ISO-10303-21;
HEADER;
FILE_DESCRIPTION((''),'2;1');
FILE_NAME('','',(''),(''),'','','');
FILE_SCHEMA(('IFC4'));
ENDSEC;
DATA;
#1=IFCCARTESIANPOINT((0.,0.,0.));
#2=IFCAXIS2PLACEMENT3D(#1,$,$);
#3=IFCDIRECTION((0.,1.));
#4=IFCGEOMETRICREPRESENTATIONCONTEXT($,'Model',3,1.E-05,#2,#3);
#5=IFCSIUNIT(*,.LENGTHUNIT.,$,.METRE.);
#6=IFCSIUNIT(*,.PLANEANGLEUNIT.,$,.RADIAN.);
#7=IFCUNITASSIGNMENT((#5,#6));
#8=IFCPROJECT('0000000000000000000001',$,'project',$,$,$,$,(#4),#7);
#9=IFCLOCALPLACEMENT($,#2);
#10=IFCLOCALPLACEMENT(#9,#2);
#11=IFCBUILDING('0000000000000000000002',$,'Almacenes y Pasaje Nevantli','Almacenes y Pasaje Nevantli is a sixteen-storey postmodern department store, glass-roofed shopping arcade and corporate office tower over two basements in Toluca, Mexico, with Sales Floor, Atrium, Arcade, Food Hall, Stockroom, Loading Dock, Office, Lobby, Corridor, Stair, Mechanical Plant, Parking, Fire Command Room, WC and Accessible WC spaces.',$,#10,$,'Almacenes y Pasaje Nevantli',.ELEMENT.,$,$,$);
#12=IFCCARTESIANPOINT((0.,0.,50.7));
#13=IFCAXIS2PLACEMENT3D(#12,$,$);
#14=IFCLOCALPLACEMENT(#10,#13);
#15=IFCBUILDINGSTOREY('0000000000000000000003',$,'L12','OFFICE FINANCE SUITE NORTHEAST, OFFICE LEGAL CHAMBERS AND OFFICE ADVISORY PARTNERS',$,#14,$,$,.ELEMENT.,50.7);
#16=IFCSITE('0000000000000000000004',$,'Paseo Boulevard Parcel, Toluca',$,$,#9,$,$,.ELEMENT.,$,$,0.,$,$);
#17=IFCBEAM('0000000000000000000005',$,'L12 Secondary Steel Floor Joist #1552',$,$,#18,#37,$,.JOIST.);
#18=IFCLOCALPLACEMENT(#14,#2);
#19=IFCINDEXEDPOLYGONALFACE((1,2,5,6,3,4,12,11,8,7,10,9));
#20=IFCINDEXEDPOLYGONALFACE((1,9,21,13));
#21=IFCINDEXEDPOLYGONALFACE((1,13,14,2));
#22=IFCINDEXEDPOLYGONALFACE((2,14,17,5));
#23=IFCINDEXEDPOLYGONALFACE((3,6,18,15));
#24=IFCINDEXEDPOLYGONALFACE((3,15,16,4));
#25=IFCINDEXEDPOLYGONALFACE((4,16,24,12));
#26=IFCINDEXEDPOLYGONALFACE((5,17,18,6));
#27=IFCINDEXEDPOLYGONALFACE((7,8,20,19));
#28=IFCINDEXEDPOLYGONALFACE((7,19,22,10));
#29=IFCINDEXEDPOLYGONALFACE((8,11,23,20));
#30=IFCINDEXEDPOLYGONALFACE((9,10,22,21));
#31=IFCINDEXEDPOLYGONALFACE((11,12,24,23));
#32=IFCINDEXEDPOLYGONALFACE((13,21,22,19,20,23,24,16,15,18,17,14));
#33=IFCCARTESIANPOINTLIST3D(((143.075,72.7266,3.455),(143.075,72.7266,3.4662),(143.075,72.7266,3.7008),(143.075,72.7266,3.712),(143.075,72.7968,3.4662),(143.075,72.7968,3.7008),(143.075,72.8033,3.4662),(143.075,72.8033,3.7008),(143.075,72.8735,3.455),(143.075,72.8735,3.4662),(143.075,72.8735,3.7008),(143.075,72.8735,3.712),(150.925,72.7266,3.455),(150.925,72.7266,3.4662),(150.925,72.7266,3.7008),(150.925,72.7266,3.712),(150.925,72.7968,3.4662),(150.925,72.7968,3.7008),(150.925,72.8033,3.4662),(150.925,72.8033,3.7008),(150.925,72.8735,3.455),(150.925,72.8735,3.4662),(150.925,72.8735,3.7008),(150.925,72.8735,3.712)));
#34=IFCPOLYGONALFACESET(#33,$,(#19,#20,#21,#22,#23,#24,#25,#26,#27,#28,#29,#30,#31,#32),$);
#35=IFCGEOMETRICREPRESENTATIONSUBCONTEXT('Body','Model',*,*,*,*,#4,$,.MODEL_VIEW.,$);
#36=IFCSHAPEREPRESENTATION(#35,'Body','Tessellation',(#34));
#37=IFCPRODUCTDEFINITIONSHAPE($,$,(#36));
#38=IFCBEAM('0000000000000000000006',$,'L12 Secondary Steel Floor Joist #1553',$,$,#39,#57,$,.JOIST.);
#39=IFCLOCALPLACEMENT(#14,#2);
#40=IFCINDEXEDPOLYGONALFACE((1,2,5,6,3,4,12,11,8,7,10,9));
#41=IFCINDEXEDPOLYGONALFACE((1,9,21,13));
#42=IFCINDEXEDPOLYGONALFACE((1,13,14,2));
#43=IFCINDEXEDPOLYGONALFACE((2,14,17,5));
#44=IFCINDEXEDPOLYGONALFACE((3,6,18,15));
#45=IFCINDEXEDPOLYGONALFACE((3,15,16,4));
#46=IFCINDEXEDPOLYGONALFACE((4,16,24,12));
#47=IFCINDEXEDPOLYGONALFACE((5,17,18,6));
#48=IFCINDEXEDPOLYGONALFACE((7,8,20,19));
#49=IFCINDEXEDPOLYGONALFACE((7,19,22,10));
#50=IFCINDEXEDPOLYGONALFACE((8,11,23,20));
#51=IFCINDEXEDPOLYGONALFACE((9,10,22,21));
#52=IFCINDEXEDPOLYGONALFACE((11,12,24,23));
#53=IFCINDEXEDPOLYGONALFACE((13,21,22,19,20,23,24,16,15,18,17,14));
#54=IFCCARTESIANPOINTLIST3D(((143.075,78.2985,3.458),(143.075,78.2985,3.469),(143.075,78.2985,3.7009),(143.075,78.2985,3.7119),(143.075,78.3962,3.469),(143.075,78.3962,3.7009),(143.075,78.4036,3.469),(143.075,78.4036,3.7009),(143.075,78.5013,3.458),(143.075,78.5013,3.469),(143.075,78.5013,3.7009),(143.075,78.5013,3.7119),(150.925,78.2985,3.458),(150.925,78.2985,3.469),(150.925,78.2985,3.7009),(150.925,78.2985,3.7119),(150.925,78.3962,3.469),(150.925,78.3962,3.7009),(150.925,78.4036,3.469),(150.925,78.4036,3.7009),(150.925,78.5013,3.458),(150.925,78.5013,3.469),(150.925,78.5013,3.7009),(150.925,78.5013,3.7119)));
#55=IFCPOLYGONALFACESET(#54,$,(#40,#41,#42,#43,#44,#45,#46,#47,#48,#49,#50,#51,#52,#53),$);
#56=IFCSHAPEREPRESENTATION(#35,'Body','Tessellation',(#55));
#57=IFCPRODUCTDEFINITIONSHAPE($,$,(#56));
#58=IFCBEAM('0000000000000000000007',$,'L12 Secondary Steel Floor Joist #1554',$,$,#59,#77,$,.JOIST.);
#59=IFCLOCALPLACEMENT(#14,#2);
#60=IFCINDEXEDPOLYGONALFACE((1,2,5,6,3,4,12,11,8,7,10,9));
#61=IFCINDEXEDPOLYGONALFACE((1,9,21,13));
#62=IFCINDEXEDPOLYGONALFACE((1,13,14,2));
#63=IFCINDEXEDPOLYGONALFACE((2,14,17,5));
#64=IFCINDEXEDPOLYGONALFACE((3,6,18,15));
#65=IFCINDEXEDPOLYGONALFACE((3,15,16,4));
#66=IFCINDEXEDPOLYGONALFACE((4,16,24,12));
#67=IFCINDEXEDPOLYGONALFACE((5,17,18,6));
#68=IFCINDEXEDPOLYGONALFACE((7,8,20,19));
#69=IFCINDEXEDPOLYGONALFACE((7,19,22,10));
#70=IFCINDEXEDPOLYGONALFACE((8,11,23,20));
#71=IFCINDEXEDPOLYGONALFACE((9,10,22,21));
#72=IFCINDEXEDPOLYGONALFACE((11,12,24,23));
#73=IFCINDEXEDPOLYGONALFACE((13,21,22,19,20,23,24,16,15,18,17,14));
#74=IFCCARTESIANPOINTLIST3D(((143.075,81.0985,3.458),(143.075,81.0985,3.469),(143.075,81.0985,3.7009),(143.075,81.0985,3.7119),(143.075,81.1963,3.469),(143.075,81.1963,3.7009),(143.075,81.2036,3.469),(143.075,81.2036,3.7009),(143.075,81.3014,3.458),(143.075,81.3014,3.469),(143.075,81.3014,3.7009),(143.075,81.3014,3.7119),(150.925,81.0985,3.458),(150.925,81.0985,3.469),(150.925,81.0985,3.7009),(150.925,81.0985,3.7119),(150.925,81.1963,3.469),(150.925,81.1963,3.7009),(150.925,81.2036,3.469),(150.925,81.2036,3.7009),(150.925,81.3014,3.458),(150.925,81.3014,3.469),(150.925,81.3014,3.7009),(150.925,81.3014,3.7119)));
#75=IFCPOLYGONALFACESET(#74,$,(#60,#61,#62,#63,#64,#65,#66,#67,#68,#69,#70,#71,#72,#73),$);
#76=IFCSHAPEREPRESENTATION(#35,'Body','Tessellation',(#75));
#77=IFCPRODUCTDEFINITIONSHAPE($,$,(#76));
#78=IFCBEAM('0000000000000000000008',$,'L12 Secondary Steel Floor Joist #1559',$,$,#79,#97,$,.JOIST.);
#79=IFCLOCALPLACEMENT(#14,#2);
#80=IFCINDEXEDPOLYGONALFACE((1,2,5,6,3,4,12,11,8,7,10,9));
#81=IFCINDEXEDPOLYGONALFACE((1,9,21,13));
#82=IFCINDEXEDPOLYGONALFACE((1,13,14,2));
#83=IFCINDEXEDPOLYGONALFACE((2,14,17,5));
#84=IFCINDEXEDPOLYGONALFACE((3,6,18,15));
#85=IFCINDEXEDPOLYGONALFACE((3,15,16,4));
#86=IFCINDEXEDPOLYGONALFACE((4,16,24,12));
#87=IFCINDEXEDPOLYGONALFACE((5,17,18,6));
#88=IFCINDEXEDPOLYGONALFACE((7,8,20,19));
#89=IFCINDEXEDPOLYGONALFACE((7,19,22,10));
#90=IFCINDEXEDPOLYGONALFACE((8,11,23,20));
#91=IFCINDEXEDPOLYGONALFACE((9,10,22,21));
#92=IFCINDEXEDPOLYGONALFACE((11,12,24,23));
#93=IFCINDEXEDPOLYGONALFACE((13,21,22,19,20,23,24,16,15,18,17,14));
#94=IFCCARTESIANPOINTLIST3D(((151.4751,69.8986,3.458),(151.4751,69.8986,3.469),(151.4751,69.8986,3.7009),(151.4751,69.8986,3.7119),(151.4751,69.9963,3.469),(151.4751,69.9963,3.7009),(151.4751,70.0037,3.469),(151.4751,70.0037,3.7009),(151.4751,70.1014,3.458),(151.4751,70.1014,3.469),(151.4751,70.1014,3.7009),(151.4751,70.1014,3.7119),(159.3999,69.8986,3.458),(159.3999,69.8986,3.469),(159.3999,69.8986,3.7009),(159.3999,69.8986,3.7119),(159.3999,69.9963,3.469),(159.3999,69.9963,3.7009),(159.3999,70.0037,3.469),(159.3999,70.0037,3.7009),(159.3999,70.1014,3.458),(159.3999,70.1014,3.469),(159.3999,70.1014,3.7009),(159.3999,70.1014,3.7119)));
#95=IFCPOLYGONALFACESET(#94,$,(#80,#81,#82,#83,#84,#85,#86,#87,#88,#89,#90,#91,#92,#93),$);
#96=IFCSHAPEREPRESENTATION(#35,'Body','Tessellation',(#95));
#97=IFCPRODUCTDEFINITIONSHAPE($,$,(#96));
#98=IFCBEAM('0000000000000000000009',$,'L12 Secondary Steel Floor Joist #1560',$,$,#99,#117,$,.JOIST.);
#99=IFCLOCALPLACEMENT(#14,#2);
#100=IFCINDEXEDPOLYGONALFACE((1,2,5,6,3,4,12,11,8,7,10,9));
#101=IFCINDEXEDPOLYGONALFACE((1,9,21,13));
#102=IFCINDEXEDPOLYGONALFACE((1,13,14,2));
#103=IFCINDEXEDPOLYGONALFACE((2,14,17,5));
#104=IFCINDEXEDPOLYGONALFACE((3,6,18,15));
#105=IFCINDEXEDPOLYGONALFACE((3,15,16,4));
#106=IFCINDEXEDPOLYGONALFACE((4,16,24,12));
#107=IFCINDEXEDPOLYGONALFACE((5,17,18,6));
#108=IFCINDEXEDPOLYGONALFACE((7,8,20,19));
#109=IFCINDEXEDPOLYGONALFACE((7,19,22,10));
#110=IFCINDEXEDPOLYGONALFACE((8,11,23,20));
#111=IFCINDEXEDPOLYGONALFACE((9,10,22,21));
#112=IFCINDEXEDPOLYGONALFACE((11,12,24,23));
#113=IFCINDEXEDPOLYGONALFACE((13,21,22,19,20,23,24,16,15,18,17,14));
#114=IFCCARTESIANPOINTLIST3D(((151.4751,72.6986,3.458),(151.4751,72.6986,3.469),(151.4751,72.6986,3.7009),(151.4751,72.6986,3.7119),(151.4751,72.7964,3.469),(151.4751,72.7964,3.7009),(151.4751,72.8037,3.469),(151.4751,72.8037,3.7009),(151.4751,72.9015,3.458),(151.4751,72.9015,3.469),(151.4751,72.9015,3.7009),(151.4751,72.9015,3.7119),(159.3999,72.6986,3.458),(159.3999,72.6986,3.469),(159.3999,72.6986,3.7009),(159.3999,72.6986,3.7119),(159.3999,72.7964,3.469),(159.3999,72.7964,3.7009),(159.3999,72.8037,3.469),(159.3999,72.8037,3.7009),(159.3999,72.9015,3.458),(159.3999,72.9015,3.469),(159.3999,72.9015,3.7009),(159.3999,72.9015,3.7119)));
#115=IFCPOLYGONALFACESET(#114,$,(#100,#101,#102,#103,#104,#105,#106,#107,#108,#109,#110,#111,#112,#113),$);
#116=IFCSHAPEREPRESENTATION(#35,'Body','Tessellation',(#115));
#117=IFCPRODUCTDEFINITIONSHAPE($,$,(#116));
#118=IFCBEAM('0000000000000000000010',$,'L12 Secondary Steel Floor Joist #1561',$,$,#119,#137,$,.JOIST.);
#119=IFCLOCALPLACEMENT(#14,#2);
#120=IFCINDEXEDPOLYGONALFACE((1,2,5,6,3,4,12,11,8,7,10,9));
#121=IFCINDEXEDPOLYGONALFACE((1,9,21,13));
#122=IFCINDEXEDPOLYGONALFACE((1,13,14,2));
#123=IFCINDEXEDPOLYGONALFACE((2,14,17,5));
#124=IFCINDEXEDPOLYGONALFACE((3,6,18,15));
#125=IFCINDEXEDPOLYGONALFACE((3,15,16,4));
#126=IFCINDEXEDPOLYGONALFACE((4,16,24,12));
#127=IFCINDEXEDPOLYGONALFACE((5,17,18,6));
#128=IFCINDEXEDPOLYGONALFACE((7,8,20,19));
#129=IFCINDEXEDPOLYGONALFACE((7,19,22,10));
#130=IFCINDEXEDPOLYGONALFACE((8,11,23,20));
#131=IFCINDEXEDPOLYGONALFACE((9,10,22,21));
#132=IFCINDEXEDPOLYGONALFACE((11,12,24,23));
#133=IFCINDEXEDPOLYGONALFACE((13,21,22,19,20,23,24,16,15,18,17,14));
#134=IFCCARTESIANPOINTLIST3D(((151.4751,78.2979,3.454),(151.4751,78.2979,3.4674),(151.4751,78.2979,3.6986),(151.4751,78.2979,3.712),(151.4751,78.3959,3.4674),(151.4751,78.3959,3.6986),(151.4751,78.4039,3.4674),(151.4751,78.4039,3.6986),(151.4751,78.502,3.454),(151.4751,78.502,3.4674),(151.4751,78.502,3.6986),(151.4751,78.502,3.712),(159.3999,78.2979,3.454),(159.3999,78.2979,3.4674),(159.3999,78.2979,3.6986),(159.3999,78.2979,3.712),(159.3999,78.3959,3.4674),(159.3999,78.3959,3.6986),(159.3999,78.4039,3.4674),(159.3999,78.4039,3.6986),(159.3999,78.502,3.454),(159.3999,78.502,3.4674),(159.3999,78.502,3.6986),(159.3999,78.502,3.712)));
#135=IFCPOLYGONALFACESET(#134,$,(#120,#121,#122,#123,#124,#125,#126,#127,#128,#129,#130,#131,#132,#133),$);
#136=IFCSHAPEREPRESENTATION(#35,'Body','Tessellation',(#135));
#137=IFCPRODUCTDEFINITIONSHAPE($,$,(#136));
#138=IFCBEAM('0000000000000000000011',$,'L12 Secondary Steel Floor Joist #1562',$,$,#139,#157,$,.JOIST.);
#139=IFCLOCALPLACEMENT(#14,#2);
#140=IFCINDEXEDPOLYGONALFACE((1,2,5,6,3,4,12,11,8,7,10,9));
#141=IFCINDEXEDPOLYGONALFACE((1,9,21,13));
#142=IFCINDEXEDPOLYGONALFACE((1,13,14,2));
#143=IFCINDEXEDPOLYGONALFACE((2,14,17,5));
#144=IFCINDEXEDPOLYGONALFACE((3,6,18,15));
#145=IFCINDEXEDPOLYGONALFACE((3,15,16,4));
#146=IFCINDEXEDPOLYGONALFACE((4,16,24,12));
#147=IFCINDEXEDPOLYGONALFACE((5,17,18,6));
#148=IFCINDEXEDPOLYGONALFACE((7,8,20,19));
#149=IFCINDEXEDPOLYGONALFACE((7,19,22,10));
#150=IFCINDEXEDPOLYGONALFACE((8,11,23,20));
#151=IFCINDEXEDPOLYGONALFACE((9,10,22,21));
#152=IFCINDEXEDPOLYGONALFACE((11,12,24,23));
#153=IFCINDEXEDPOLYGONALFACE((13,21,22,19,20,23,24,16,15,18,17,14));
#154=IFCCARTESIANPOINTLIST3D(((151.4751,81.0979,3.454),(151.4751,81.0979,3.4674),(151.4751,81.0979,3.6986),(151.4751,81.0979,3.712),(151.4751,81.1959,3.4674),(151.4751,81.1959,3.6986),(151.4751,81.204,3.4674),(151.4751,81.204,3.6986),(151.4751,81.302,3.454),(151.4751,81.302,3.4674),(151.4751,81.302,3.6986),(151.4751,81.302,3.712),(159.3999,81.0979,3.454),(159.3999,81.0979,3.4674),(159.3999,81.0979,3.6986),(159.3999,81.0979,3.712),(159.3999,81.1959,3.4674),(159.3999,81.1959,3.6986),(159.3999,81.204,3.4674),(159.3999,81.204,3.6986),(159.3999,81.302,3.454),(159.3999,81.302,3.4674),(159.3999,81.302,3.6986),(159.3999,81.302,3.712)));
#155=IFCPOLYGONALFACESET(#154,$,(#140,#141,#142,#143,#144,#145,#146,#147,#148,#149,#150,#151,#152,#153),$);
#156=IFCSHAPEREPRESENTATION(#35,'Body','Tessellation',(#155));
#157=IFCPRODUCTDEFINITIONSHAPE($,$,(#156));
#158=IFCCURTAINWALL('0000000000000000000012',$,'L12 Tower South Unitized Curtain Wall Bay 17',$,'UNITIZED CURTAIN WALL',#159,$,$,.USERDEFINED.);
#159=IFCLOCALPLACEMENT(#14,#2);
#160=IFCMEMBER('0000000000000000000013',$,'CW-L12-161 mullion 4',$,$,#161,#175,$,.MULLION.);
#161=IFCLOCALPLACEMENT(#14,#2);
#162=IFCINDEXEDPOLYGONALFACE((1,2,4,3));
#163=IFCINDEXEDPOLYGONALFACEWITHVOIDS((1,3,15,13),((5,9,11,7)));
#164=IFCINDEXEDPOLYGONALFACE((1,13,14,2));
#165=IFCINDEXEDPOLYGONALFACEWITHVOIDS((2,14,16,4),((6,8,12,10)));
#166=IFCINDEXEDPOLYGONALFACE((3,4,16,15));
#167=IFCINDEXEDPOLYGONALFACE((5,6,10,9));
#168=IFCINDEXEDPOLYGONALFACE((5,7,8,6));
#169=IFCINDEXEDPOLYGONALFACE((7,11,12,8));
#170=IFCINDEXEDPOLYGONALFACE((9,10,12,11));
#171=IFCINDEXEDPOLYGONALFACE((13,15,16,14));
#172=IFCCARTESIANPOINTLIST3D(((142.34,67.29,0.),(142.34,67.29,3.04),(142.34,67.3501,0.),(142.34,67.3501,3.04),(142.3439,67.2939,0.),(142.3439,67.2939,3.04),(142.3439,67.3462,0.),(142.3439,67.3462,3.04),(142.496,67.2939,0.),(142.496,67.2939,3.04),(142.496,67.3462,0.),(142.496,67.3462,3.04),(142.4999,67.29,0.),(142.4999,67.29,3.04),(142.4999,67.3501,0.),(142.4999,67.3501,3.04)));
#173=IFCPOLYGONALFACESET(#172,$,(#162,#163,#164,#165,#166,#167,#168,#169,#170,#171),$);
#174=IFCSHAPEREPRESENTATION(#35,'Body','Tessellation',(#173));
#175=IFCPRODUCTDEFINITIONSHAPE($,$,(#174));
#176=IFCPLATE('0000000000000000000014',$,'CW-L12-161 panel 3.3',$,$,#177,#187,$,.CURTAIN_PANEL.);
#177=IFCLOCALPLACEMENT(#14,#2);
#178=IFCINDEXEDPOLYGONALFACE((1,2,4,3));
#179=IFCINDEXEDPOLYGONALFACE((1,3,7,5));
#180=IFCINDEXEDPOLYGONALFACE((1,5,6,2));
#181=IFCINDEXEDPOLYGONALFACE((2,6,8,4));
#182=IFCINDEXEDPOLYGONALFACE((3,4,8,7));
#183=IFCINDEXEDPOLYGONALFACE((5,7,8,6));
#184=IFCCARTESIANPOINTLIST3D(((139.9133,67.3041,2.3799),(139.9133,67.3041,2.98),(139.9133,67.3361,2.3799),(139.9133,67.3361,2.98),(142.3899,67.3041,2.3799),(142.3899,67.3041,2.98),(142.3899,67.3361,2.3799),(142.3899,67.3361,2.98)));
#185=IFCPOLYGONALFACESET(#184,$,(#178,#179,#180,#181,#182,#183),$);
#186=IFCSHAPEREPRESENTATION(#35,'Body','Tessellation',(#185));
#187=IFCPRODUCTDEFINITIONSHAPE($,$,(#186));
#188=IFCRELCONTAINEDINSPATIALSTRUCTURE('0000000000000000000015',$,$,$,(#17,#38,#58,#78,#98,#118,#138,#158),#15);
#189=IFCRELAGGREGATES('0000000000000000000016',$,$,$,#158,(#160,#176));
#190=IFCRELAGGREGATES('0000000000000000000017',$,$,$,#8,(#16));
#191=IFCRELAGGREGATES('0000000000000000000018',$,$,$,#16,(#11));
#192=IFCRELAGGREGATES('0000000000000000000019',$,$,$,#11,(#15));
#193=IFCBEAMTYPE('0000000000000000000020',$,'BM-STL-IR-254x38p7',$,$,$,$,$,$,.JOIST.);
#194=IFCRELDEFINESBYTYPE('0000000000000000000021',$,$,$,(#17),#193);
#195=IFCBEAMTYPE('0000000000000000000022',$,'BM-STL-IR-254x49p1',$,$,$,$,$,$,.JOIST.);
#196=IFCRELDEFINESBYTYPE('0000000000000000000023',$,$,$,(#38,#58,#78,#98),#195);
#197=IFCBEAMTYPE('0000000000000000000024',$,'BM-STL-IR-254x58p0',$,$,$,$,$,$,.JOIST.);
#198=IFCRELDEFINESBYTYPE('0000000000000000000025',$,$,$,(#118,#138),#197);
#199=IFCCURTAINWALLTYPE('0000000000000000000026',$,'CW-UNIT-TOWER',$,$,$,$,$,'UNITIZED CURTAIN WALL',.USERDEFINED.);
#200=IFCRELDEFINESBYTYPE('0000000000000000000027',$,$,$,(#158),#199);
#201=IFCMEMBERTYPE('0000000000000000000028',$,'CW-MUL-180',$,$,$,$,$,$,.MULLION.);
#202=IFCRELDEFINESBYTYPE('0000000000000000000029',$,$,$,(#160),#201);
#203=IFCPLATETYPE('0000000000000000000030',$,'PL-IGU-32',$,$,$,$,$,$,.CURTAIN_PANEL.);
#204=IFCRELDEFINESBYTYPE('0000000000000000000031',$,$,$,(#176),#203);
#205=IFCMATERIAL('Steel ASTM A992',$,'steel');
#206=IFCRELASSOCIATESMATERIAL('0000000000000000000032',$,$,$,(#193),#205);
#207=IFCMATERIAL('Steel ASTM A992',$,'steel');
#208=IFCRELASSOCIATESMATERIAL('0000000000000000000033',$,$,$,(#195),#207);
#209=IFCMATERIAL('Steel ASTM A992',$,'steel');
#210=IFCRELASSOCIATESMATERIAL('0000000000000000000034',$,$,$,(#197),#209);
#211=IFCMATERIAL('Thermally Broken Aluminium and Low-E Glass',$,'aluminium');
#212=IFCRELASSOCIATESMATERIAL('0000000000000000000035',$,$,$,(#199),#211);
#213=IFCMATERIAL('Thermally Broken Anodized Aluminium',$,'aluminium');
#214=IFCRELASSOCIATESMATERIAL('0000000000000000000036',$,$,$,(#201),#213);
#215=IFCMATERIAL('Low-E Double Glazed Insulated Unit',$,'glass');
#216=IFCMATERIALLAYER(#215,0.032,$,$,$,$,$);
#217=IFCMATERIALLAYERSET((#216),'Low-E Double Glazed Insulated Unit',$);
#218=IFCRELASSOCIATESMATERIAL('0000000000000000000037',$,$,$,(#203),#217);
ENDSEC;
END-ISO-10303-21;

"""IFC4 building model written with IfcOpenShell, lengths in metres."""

from ifc_helpers import new_model, si_unit, direction, frame, origin, origin_2d, place, context, subcontext, project, spatial, rectangle, hollow_rectangle, i_section, extrude, material, layer, layer_set, material_profile, profile_set, type_object, element, aggregate, save


model = new_model("IFC4")

# Units and contexts
model_context = context("Model", 3, precision=1e-05, world=origin(), true_north=direction((0.0, 1.0)))
body_context = subcontext(model_context, "Body", "Model", "MODEL_VIEW")
ifc_project = project(units=[si_unit("LENGTHUNIT", "METRE"), si_unit("PLANEANGLEUNIT", "RADIAN")], contexts=[model_context])

# Site, building, storey
site_placement = place(None, origin())
site = spatial("IfcSite", under=ifc_project, at=site_placement, Name="Paseo Boulevard Parcel, Toluca", CompositionType="ELEMENT", RefElevation=0.0)
building_placement = place(site_placement, origin())
building = spatial("IfcBuilding", under=site, at=building_placement, Name="Almacenes y Pasaje Nevantli", Description="Almacenes y Pasaje Nevantli is a sixteen-storey postmodern department store, glass-roofed shopping arcade and corporate office tower over two basements in Toluca, Mexico, with Sales Floor, Atrium, Arcade, Food Hall, Stockroom, Loading Dock, Office, Lobby, Corridor, Stair, Mechanical Plant, Parking, Fire Command Room, WC and Accessible WC spaces.", LongName="Almacenes y Pasaje Nevantli", CompositionType="ELEMENT")
storey_placement = place(building_placement, frame((0.0, 0.0, 50.7)))
storey = spatial("IfcBuildingStorey", under=building, at=storey_placement, Name="L12", Description="OFFICE FINANCE SUITE NORTHEAST, OFFICE LEGAL CHAMBERS AND OFFICE ADVISORY PARTNERS", CompositionType="ELEMENT", Elevation=50.7)

# Beams
ifc_material_1 = material(Name="Steel ASTM A992", Category="steel")
ifc_material_profile_1 = material_profile(ifc_material_1, i_section(OverallWidth=0.147, OverallDepth=0.2571, WebThickness=0.0066, FlangeThickness=0.0112, at=origin_2d()), Name="IR 254x38.7")
ifc_profile_set_1 = profile_set([ifc_material_profile_1], Name="Steel ASTM A992")
beam_type_1 = type_object("IfcBeamType", Name="BM-STL-IR-254x38p7", PredefinedType="JOIST", material=ifc_profile_set_1)
for number, where, z_axis, x_axis, name in (
    (1, (143.075, 72.8, 3.5835), (1.0, 0.0, 0.0), (0.0, 1.0, 0.0), "L12 Secondary Steel Floor Joist #1552"),
):
    element("IfcBeam", number, at=place(storey_placement, frame(where, z_axis=z_axis, x_axis=x_axis)), inside=storey, type_object=beam_type_1, Name=name, PredefinedType="JOIST", context=body_context, shape_type="SweptSolid", body=[
        extrude(i_section(OverallWidth=0.147, OverallDepth=0.2571, WebThickness=0.0066, FlangeThickness=0.0112, at=origin_2d()), origin(), (0.0, 0.0, 1.0), 7.8501),
    ])
ifc_material_2 = material(Name="Steel ASTM A992", Category="steel")
ifc_material_profile_2 = material_profile(ifc_material_2, i_section(OverallWidth=0.2029, OverallDepth=0.2539, WebThickness=0.0073, FlangeThickness=0.011, at=origin_2d()), Name="IR 254x49.1")
ifc_profile_set_2 = profile_set([ifc_material_profile_2], Name="Steel ASTM A992")
beam_type_2 = type_object("IfcBeamType", Name="BM-STL-IR-254x49p1", PredefinedType="JOIST", material=ifc_profile_set_2)
for number, where, z_axis, x_axis, name in (
    (2, (143.075, 78.3999, 3.585), (1.0, 0.0, 0.0), (0.0, 1.0, 0.0), "L12 Secondary Steel Floor Joist #1553"),
    (3, (143.075, 81.2, 3.585), (1.0, 0.0, 0.0), (0.0, 1.0, 0.0), "L12 Secondary Steel Floor Joist #1554"),
):
    element("IfcBeam", number, at=place(storey_placement, frame(where, z_axis=z_axis, x_axis=x_axis)), inside=storey, type_object=beam_type_2, Name=name, PredefinedType="JOIST", context=body_context, shape_type="SweptSolid", body=[
        extrude(i_section(OverallWidth=0.2029, OverallDepth=0.2539, WebThickness=0.0073, FlangeThickness=0.011, at=origin_2d()), origin(), (0.0, 0.0, 1.0), 7.8501),
    ])
for number, where, z_axis, x_axis, name in (
    (4, (151.4751, 70.0, 3.585), (1.0, 0.0, 0.0), (0.0, 1.0, 0.0), "L12 Secondary Steel Floor Joist #1559"),
    (5, (151.4751, 72.8, 3.585), (1.0, 0.0, 0.0), (0.0, 1.0, 0.0), "L12 Secondary Steel Floor Joist #1560"),
):
    element("IfcBeam", number, at=place(storey_placement, frame(where, z_axis=z_axis, x_axis=x_axis)), inside=storey, type_object=beam_type_2, Name=name, PredefinedType="JOIST", context=body_context, shape_type="SweptSolid", body=[
        extrude(i_section(OverallWidth=0.2029, OverallDepth=0.2539, WebThickness=0.0073, FlangeThickness=0.011, at=origin_2d()), origin(), (0.0, 0.0, 1.0), 7.9248),
    ])
ifc_material_3 = material(Name="Steel ASTM A992", Category="steel")
ifc_material_profile_3 = material_profile(ifc_material_3, i_section(OverallWidth=0.2041, OverallDepth=0.2581, WebThickness=0.0081, FlangeThickness=0.0134, at=origin_2d()), Name="IR 254x58.0")
ifc_profile_set_3 = profile_set([ifc_material_profile_3], Name="Steel ASTM A992")
beam_type_3 = type_object("IfcBeamType", Name="BM-STL-IR-254x58p0", PredefinedType="JOIST", material=ifc_profile_set_3)
for number, where, z_axis, x_axis, name in (
    (6, (151.4751, 78.3999, 3.583), (1.0, 0.0, 0.0), (0.0, 1.0, 0.0), "L12 Secondary Steel Floor Joist #1561"),
    (7, (151.4751, 81.2, 3.583), (1.0, 0.0, 0.0), (0.0, 1.0, 0.0), "L12 Secondary Steel Floor Joist #1562"),
):
    element("IfcBeam", number, at=place(storey_placement, frame(where, z_axis=z_axis, x_axis=x_axis)), inside=storey, type_object=beam_type_3, Name=name, PredefinedType="JOIST", context=body_context, shape_type="SweptSolid", body=[
        extrude(i_section(OverallWidth=0.2041, OverallDepth=0.2581, WebThickness=0.0081, FlangeThickness=0.0134, at=origin_2d()), origin(), (0.0, 0.0, 1.0), 7.9248),
    ])

# Curtain wall, member, plate
ifc_material_4 = material(Name="Thermally Broken Aluminium and Low-E Glass", Category="aluminium")
curtain_wall_type = type_object("IfcCurtainWallType", Name="CW-UNIT-TOWER", ElementType="UNITIZED CURTAIN WALL", PredefinedType="USERDEFINED", material=ifc_material_4)
curtain_wall_placement = place(storey_placement, origin())
curtain_wall = element("IfcCurtainWall", 8, at=curtain_wall_placement, inside=storey, type_object=curtain_wall_type, Name="L12 Tower South Unitized Curtain Wall Bay 17", ObjectType="UNITIZED CURTAIN WALL", PredefinedType="USERDEFINED")
ifc_material_5 = material(Name="Thermally Broken Anodized Aluminium", Category="aluminium")
ifc_material_profile_4 = material_profile(ifc_material_5, hollow_rectangle(XDim=0.0601, YDim=0.1599, WallThickness=0.0039, at=origin_2d()), Name="ALU-MUL-60x160")
ifc_profile_set_4 = profile_set([ifc_material_profile_4], Name="Thermally Broken Anodized Aluminium")
member_type = type_object("IfcMemberType", Name="CW-MUL-180", PredefinedType="MULLION", material=ifc_profile_set_4)
member_placement = place(storey_placement, frame((142.4199, 67.3201, 0.0), z_axis=(0.0, 0.0, 1.0), x_axis=(0.0, 1.0, 0.0)))
member = element("IfcMember", 9, at=member_placement, type_object=member_type, Name="CW-L12-161 mullion 4", PredefinedType="MULLION", context=body_context, shape_type="SweptSolid", body=[
    extrude(hollow_rectangle(XDim=0.0601, YDim=0.1599, WallThickness=0.0039, at=origin_2d()), origin(), (0.0, 0.0, 1.0), 3.04),
])
ifc_material_6 = material(Name="Low-E Double Glazed Insulated Unit", Category="glass")
ifc_layer_1 = layer(ifc_material_6, 0.032)
ifc_layer_set_1 = layer_set([ifc_layer_1], Name="Low-E Double Glazed Insulated Unit")
plate_type = type_object("IfcPlateType", Name="PL-IGU-32", PredefinedType="CURTAIN_PANEL", material=ifc_layer_set_1)
plate_placement = place(storey_placement, frame((141.1516, 67.3201, 2.3799), z_axis=(0.0, 0.0, 1.0), x_axis=(1.0, 0.0, 0.0)))
plate = element("IfcPlate", 10, at=plate_placement, type_object=plate_type, Name="CW-L12-161 panel 3.3", PredefinedType="CURTAIN_PANEL", context=body_context, shape_type="SweptSolid", body=[
    extrude(rectangle(XDim=2.4766, YDim=0.032, at=origin_2d()), origin(), (0.0, 0.0, 1.0), 0.6001),
])
aggregate(curtain_wall, [member, plate])

save(model, "model.ifc")
